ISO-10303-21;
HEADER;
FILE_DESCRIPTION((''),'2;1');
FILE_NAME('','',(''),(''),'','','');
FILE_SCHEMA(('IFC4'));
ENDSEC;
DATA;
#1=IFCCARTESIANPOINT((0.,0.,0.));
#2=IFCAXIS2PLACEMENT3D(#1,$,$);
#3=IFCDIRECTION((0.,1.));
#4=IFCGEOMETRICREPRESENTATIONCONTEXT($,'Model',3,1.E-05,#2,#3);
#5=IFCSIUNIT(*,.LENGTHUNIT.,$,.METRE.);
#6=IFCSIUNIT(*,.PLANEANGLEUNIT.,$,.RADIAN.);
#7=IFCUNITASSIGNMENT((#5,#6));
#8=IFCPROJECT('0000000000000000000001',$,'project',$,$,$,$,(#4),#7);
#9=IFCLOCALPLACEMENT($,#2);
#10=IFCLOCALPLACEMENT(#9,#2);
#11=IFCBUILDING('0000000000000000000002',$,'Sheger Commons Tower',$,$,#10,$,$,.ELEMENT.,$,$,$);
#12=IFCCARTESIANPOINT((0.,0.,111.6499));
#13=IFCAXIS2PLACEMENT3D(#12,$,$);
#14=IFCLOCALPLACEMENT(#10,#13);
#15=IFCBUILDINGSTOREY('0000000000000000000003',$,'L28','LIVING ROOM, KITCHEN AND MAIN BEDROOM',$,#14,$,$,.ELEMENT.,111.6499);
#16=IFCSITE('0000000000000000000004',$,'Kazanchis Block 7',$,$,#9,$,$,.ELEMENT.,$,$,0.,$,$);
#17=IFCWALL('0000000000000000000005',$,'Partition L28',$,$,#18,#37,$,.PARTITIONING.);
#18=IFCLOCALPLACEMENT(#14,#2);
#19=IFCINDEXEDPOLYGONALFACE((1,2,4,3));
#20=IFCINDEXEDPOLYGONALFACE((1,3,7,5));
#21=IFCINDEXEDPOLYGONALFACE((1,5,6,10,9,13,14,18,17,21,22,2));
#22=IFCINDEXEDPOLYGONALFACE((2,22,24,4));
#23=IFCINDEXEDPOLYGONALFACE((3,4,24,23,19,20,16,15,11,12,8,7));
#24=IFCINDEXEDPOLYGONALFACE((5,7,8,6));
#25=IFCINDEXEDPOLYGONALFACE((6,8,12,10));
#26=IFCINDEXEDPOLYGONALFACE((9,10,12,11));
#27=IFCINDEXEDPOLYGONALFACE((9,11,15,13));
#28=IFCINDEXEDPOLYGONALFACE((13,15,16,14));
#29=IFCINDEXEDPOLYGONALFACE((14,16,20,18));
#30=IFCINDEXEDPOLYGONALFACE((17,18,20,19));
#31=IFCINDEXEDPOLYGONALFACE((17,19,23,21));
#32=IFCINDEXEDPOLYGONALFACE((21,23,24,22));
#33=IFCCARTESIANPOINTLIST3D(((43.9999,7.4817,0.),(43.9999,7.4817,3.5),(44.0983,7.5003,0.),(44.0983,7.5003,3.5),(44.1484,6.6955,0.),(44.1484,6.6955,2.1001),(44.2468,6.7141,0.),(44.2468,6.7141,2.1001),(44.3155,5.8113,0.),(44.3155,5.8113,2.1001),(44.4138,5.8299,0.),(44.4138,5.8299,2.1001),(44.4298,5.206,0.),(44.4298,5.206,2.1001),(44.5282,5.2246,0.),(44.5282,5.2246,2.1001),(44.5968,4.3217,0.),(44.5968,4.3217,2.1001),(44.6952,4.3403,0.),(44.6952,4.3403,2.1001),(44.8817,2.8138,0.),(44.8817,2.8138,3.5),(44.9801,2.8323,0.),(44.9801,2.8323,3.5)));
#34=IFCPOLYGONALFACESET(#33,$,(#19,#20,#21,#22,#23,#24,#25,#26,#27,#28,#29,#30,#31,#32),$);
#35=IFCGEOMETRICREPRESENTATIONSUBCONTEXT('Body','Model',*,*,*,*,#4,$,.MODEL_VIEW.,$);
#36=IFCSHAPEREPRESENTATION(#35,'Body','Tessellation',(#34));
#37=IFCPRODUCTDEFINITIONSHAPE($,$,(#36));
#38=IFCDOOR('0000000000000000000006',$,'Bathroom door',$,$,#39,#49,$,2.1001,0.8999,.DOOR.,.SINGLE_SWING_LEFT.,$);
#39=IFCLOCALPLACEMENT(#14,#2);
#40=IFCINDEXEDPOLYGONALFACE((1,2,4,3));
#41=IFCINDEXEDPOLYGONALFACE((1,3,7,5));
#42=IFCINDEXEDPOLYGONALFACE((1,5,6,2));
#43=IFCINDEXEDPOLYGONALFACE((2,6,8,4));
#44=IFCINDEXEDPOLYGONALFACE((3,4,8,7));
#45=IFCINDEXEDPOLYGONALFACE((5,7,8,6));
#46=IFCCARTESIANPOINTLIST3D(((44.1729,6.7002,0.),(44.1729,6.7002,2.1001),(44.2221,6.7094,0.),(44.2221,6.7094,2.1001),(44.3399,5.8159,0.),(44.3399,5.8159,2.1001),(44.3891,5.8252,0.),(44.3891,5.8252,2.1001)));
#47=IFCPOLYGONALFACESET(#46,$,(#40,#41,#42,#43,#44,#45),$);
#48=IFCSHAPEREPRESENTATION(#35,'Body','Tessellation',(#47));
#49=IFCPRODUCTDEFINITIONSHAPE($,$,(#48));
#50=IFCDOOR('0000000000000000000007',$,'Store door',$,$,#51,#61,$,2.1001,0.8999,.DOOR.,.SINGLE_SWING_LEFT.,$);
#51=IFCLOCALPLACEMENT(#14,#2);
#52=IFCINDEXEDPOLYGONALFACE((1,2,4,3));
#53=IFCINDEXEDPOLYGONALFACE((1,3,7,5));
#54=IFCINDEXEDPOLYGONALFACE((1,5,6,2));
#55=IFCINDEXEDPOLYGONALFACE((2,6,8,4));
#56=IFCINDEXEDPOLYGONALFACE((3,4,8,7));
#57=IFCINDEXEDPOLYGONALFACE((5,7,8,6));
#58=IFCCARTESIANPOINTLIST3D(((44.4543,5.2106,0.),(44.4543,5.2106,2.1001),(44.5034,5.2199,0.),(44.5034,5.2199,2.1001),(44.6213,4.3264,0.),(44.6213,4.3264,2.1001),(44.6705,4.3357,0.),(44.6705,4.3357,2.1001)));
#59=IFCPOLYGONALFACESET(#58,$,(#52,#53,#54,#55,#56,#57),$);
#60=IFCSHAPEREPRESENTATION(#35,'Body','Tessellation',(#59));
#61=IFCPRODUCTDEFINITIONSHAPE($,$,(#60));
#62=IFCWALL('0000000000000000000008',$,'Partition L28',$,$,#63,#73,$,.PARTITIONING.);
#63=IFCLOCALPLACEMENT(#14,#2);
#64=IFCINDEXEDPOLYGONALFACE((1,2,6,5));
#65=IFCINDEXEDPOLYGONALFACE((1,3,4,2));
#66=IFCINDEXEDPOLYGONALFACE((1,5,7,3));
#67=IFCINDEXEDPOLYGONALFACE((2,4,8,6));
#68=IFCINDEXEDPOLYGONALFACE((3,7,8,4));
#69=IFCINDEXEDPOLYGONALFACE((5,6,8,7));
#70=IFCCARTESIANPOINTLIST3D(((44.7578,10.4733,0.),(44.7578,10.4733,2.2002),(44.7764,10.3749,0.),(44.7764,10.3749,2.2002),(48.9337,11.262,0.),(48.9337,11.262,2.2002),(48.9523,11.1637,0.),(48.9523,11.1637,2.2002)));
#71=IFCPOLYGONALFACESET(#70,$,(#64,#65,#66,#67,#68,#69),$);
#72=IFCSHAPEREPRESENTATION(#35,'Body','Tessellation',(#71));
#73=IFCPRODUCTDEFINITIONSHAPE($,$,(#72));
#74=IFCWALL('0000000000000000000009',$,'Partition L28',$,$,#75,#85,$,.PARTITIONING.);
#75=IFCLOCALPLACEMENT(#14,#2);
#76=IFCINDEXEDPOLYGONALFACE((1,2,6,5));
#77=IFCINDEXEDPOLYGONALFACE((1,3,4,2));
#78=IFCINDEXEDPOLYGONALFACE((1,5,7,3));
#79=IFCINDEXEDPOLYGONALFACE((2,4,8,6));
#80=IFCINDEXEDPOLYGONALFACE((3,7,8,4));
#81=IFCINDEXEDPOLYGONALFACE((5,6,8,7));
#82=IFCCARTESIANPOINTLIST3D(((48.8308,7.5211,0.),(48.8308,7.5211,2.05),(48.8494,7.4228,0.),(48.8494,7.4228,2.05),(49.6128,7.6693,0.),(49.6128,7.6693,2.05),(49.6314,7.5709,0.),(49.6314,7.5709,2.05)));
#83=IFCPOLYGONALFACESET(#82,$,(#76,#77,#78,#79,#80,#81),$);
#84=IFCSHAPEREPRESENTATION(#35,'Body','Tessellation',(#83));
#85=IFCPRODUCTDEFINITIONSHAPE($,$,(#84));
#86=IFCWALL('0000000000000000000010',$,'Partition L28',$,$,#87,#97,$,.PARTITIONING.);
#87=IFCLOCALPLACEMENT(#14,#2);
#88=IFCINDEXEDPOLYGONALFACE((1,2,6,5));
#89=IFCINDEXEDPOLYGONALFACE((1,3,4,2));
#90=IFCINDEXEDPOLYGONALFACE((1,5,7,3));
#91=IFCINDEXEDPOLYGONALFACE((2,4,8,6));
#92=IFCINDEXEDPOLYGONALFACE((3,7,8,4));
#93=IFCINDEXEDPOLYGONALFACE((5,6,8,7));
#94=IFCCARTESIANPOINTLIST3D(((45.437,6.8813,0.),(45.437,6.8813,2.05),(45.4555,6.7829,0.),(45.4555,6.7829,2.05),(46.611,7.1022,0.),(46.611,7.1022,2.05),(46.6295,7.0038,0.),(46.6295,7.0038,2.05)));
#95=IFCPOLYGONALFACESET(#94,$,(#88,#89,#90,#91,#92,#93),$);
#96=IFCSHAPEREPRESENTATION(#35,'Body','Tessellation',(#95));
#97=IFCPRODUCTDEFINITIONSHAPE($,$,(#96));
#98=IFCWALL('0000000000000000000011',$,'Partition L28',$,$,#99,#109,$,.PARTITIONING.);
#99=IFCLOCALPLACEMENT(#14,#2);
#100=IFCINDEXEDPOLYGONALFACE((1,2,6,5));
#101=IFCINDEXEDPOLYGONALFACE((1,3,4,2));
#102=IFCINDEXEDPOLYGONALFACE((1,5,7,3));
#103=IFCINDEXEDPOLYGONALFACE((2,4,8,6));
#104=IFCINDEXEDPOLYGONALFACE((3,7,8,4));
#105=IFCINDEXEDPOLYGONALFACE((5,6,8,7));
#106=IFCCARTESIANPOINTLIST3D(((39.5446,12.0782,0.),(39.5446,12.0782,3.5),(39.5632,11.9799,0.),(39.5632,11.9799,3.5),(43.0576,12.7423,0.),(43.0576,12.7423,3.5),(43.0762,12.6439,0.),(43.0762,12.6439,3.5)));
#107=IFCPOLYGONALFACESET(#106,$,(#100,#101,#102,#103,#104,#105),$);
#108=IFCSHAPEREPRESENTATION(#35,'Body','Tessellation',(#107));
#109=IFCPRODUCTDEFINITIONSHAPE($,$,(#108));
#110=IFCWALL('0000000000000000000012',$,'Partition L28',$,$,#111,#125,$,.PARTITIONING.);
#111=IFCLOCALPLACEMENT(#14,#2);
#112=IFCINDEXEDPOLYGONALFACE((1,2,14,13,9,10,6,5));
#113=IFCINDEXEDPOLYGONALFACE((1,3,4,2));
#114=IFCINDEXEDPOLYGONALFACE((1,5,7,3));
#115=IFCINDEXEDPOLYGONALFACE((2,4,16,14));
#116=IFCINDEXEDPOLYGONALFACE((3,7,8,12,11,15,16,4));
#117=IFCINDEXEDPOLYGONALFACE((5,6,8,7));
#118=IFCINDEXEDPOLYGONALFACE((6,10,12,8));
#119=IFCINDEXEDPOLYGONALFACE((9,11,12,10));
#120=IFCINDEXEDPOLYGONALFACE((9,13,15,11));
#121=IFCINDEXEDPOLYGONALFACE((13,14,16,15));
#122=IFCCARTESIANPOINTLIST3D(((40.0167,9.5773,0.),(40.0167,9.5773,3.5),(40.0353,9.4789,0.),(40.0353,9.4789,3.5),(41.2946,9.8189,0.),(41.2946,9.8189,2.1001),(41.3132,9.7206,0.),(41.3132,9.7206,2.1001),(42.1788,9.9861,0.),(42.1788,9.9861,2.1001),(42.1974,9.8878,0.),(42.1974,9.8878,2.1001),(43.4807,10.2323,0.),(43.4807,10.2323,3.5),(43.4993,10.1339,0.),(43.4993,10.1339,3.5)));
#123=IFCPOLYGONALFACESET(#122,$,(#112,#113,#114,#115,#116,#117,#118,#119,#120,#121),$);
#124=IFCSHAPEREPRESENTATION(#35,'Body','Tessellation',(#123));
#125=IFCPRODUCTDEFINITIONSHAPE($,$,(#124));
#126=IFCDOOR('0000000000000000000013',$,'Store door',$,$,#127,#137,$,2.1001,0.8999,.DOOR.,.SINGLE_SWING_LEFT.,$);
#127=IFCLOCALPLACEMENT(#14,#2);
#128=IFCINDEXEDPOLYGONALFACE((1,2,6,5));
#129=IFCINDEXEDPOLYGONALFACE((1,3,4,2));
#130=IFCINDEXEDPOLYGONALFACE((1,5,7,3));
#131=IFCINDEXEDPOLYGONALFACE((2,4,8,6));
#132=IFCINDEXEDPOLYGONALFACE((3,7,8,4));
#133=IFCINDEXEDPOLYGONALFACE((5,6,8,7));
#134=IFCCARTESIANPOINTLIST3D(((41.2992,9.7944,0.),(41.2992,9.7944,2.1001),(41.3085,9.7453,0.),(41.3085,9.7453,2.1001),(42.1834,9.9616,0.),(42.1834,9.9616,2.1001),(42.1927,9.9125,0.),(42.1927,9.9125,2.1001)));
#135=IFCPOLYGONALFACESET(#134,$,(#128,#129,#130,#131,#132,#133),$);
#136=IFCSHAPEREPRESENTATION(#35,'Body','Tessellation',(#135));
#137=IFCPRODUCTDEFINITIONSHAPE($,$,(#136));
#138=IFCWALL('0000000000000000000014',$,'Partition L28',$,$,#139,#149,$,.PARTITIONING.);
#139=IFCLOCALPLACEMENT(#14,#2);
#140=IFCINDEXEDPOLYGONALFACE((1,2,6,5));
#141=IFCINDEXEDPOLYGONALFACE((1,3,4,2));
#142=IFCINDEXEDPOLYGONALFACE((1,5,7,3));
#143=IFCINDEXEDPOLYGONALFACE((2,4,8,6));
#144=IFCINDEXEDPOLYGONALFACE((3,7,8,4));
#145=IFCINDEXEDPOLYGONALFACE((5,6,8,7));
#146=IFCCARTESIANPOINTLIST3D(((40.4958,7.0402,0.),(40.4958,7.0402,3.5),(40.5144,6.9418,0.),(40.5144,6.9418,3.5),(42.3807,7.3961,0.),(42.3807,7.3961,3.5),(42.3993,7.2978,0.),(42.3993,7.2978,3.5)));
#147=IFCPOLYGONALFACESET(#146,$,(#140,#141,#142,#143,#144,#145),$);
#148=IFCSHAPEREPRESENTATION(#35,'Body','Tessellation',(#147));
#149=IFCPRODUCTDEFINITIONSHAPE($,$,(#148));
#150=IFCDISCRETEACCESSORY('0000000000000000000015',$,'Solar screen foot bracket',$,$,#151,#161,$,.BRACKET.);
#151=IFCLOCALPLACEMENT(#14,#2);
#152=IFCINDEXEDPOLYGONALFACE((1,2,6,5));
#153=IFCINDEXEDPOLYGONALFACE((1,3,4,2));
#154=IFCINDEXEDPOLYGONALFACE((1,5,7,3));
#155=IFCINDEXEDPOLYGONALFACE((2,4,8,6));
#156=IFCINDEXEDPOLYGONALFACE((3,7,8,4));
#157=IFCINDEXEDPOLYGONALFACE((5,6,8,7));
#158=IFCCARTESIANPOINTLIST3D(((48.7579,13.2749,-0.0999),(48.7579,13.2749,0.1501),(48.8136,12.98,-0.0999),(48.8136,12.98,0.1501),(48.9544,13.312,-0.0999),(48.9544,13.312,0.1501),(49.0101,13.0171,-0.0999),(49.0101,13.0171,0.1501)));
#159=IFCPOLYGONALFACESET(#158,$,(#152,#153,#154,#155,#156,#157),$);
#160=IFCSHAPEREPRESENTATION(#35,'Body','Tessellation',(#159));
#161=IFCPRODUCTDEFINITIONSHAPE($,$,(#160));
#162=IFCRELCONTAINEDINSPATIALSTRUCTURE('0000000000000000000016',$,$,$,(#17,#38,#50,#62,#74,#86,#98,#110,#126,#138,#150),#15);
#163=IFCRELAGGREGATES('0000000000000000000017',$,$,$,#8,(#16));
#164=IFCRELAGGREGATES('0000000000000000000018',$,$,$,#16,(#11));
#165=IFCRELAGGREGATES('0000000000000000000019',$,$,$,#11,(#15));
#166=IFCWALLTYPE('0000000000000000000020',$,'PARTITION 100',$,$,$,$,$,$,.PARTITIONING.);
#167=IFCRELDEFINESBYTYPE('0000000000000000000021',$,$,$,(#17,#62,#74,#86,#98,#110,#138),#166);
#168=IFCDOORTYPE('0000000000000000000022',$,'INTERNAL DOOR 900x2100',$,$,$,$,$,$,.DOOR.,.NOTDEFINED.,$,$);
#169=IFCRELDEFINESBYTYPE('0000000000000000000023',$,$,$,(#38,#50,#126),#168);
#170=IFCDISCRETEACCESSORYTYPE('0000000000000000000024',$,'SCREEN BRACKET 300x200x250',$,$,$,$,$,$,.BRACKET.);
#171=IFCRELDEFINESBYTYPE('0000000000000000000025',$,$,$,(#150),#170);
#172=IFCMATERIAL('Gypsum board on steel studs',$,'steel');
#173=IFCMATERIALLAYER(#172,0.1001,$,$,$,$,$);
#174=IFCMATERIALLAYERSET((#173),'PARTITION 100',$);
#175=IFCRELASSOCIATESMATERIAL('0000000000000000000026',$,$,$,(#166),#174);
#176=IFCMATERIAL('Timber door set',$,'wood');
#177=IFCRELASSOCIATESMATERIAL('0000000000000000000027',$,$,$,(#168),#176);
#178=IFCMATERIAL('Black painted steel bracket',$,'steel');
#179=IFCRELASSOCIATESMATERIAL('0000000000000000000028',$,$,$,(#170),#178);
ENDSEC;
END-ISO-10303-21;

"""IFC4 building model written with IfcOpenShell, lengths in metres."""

from ifc_helpers import new_model, si_unit, direction, frame, frame_2d, origin, origin_2d, place, context, subcontext, project, spatial, rectangle, extrude, material, layer, layer_set, type_object, element, fill, save


model = new_model("IFC4")

# Units and contexts
model_context = context("Model", 3, precision=1e-05, world=origin(), true_north=direction((0.0, 1.0)))
body_context = subcontext(model_context, "Body", "Model", "MODEL_VIEW")
ifc_project = project(units=[si_unit("LENGTHUNIT", "METRE"), si_unit("PLANEANGLEUNIT", "RADIAN")], contexts=[model_context])

# Site, building, storey
site_placement = place(None, origin())
site = spatial("IfcSite", under=ifc_project, at=site_placement, Name="Kazanchis Block 7", CompositionType="ELEMENT", RefElevation=0.0)
building_placement = place(site_placement, origin())
building = spatial("IfcBuilding", under=site, at=building_placement, Name="Sheger Commons Tower", CompositionType="ELEMENT")
storey_placement = place(building_placement, frame((0.0, 0.0, 111.6499)))
storey = spatial("IfcBuildingStorey", under=building, at=storey_placement, Name="L28", Description="LIVING ROOM, KITCHEN AND MAIN BEDROOM", CompositionType="ELEMENT", Elevation=111.6499)

# Shared definitions
ifc_material_1 = material(Name="Gypsum board on steel studs", Category="steel")
ifc_layer_1 = layer(ifc_material_1, 0.1001)
ifc_layer_set_1 = layer_set([ifc_layer_1], Name="PARTITION 100")
wall_type_1 = type_object("IfcWallType", Name="PARTITION 100", PredefinedType="PARTITIONING", material=ifc_layer_set_1)
ifc_material_2 = material(Name="Timber door set", Category="wood")
door_type_1 = type_object("IfcDoorType", Name="INTERNAL DOOR 900x2100", OperationType="NOTDEFINED", PredefinedType="DOOR", material=ifc_material_2)

# Wall, openings, doors
wall_1_placement = place(storey_placement, frame((44.0491, 7.491, 0.0), z_axis=(0.0, 0.0, 1.0), x_axis=(0.185629, -0.98262, 0.0)))
wall_1 = element("IfcWall", 1, at=wall_1_placement, inside=storey, type_object=wall_type_1, Name="Partition L28", PredefinedType="PARTITIONING", context=body_context, shape_type="SweptSolid", body=[
    extrude(rectangle(XDim=4.7505, YDim=0.1001, at=frame_2d((2.3752, 0.0))), origin(), (0.0, 0.0, 1.0), 3.5),
])
opening_1_placement = place(wall_1_placement, frame((0.8, 0.0, 0.0)))
opening_1 = element("IfcOpeningElement", 2, at=opening_1_placement, cuts=wall_1, PredefinedType="OPENING", context=body_context, shape_type="SweptSolid", body=[
    extrude(rectangle(XDim=0.8999, YDim=2.1001, at=frame_2d((0.45, 1.05))), frame((0.0, 0.0601, 0.0), z_axis=(0.0, -1.0, 0.0), x_axis=(1.0, 0.0, 0.0)), (0.0, 0.0, 1.0), 0.1201),
])
opening_2_placement = place(wall_1_placement, frame((2.3159, 0.0, 0.0)))
opening_2 = element("IfcOpeningElement", 3, at=opening_2_placement, cuts=wall_1, PredefinedType="OPENING", context=body_context, shape_type="SweptSolid", body=[
    extrude(rectangle(XDim=0.8999, YDim=2.1001, at=frame_2d((0.45, 1.05))), frame((0.0, 0.0601, 0.0), z_axis=(0.0, -1.0, 0.0), x_axis=(1.0, 0.0, 0.0)), (0.0, 0.0, 1.0), 0.1201),
])
door_1_placement = place(opening_1_placement, origin())
door_1 = element("IfcDoor", 4, at=door_1_placement, inside=storey, type_object=door_type_1, Name="Bathroom door", OperationType="SINGLE_SWING_LEFT", OverallHeight=2.1001, OverallWidth=0.8999, PredefinedType="DOOR", context=body_context, shape_type="SweptSolid", body=[
    extrude(rectangle(XDim=0.8999, YDim=2.1001, at=frame_2d((0.45, 1.05))), frame((0.0, 0.0249, 0.0), z_axis=(0.0, -1.0, 0.0), x_axis=(1.0, 0.0, 0.0)), (0.0, 0.0, 1.0), 0.05),
])
fill(opening_1, door_1)
door_2_placement = place(opening_2_placement, origin())
door_2 = element("IfcDoor", 5, at=door_2_placement, inside=storey, type_object=door_type_1, Name="Store door", OperationType="SINGLE_SWING_LEFT", OverallHeight=2.1001, OverallWidth=0.8999, PredefinedType="DOOR", context=body_context, shape_type="SweptSolid", body=[
    extrude(rectangle(XDim=0.8999, YDim=2.1001, at=frame_2d((0.45, 1.05))), frame((0.0, 0.0249, 0.0), z_axis=(0.0, -1.0, 0.0), x_axis=(1.0, 0.0, 0.0)), (0.0, 0.0, 1.0), 0.05),
])
fill(opening_2, door_2)

# Walls
wall_2_placement = place(storey_placement, frame((48.9431, 11.2129, 0.0), z_axis=(0.0, 0.0, 1.0), x_axis=(-0.982624, -0.18561, 0.0)))
element("IfcWall", 6, at=wall_2_placement, inside=storey, type_object=wall_type_1, Name="Partition L28", PredefinedType="PARTITIONING", context=body_context, shape_type="SweptSolid", body=[
    extrude(rectangle(XDim=4.2498, YDim=0.1001, at=frame_2d((2.125, 0.0))), origin(), (0.0, 0.0, 1.0), 2.2002),
])
wall_3_placement = place(storey_placement, frame((49.6221, 7.6201, 0.0), z_axis=(0.0, 0.0, 1.0), x_axis=(-0.982513, -0.186196, 0.0)))
element("IfcWall", 7, at=wall_3_placement, inside=storey, type_object=wall_type_1, Name="Partition L28", PredefinedType="PARTITIONING", context=body_context, shape_type="SweptSolid", body=[
    extrude(rectangle(XDim=0.7959, YDim=0.1001, at=frame_2d((0.3979, 0.0))), origin(), (0.0, 0.0, 1.0), 2.05),
])
wall_4_placement = place(storey_placement, frame((46.6201, 7.053, 0.0), z_axis=(0.0, 0.0, 1.0), x_axis=(-0.982749, -0.184942, 0.0)))
element("IfcWall", 8, at=wall_4_placement, inside=storey, type_object=wall_type_1, Name="Partition L28", PredefinedType="PARTITIONING", context=body_context, shape_type="SweptSolid", body=[
    extrude(rectangle(XDim=1.1946, YDim=0.1001, at=frame_2d((0.5972, 0.0))), origin(), (0.0, 0.0, 1.0), 2.05),
])
wall_5_placement = place(storey_placement, frame((43.0669, 12.6931, 0.0), z_axis=(0.0, 0.0, 1.0), x_axis=(-0.982598, -0.185744, 0.0)))
element("IfcWall", 9, at=wall_5_placement, inside=storey, type_object=wall_type_1, Name="Partition L28", PredefinedType="PARTITIONING", context=body_context, shape_type="SweptSolid", body=[
    extrude(rectangle(XDim=3.5752, YDim=0.1001, at=frame_2d((1.7876, 0.0))), origin(), (0.0, 0.0, 1.0), 3.5),
])

# Wall, opening, door
wall_6_placement = place(storey_placement, frame((43.49, 10.1831, 0.0), z_axis=(0.0, 0.0, 1.0), x_axis=(-0.982588, -0.185798, 0.0)))
wall_6 = element("IfcWall", 10, at=wall_6_placement, inside=storey, type_object=wall_type_1, Name="Partition L28", PredefinedType="PARTITIONING", context=body_context, shape_type="SweptSolid", body=[
    extrude(rectangle(XDim=3.5254, YDim=0.1001, at=frame_2d((1.7627, 0.0))), origin(), (0.0, 0.0, 1.0), 3.5),
])
opening_3_placement = place(wall_6_placement, frame((1.325, 0.0, 0.0)))
opening_3 = element("IfcOpeningElement", 11, at=opening_3_placement, cuts=wall_6, PredefinedType="OPENING", context=body_context, shape_type="SweptSolid", body=[
    extrude(rectangle(XDim=0.8999, YDim=2.1001, at=frame_2d((0.45, 1.05))), frame((0.0, 0.0601, 0.0), z_axis=(0.0, -1.0, 0.0), x_axis=(1.0, 0.0, 0.0)), (0.0, 0.0, 1.0), 0.1201),
])
door_3_placement = place(opening_3_placement, origin())
door_3 = element("IfcDoor", 12, at=door_3_placement, inside=storey, type_object=door_type_1, Name="Store door", OperationType="SINGLE_SWING_LEFT", OverallHeight=2.1001, OverallWidth=0.8999, PredefinedType="DOOR", context=body_context, shape_type="SweptSolid", body=[
    extrude(rectangle(XDim=0.8999, YDim=2.1001, at=frame_2d((0.45, 1.05))), frame((0.0, 0.0249, 0.0), z_axis=(0.0, -1.0, 0.0), x_axis=(1.0, 0.0, 0.0)), (0.0, 0.0, 1.0), 0.05),
])
fill(opening_3, door_3)

# Wall
wall_7_placement = place(storey_placement, frame((42.3899, 7.3469, 0.0), z_axis=(0.0, 0.0, 1.0), x_axis=(-0.982634, -0.185556, 0.0)))
element("IfcWall", 13, at=wall_7_placement, inside=storey, type_object=wall_type_1, Name="Partition L28", PredefinedType="PARTITIONING", context=body_context, shape_type="SweptSolid", body=[
    extrude(rectangle(XDim=1.9182, YDim=0.1001, at=frame_2d((0.959, 0.0))), origin(), (0.0, 0.0, 1.0), 3.5),
])

# Discrete accessory
ifc_material_3 = material(Name="Black painted steel bracket", Category="steel")
discrete_accessory_type = type_object("IfcDiscreteAccessoryType", Name="SCREEN BRACKET 300x200x250", PredefinedType="BRACKET", material=ifc_material_3)
discrete_accessory_placement = place(storey_placement, frame((48.884, 13.146, -0.0999), z_axis=(0.0, 0.0, 1.0), x_axis=(-0.185615, 0.982623, 0.0)))
element("IfcDiscreteAccessory", 14, at=discrete_accessory_placement, inside=storey, type_object=discrete_accessory_type, Name="Solar screen foot bracket", PredefinedType="BRACKET", context=body_context, shape_type="SweptSolid", body=[
    extrude(rectangle(XDim=0.3, YDim=0.2, at=origin_2d()), origin(), (0.0, 0.0, 1.0), 0.25),
])

save(model, "model.ifc")
